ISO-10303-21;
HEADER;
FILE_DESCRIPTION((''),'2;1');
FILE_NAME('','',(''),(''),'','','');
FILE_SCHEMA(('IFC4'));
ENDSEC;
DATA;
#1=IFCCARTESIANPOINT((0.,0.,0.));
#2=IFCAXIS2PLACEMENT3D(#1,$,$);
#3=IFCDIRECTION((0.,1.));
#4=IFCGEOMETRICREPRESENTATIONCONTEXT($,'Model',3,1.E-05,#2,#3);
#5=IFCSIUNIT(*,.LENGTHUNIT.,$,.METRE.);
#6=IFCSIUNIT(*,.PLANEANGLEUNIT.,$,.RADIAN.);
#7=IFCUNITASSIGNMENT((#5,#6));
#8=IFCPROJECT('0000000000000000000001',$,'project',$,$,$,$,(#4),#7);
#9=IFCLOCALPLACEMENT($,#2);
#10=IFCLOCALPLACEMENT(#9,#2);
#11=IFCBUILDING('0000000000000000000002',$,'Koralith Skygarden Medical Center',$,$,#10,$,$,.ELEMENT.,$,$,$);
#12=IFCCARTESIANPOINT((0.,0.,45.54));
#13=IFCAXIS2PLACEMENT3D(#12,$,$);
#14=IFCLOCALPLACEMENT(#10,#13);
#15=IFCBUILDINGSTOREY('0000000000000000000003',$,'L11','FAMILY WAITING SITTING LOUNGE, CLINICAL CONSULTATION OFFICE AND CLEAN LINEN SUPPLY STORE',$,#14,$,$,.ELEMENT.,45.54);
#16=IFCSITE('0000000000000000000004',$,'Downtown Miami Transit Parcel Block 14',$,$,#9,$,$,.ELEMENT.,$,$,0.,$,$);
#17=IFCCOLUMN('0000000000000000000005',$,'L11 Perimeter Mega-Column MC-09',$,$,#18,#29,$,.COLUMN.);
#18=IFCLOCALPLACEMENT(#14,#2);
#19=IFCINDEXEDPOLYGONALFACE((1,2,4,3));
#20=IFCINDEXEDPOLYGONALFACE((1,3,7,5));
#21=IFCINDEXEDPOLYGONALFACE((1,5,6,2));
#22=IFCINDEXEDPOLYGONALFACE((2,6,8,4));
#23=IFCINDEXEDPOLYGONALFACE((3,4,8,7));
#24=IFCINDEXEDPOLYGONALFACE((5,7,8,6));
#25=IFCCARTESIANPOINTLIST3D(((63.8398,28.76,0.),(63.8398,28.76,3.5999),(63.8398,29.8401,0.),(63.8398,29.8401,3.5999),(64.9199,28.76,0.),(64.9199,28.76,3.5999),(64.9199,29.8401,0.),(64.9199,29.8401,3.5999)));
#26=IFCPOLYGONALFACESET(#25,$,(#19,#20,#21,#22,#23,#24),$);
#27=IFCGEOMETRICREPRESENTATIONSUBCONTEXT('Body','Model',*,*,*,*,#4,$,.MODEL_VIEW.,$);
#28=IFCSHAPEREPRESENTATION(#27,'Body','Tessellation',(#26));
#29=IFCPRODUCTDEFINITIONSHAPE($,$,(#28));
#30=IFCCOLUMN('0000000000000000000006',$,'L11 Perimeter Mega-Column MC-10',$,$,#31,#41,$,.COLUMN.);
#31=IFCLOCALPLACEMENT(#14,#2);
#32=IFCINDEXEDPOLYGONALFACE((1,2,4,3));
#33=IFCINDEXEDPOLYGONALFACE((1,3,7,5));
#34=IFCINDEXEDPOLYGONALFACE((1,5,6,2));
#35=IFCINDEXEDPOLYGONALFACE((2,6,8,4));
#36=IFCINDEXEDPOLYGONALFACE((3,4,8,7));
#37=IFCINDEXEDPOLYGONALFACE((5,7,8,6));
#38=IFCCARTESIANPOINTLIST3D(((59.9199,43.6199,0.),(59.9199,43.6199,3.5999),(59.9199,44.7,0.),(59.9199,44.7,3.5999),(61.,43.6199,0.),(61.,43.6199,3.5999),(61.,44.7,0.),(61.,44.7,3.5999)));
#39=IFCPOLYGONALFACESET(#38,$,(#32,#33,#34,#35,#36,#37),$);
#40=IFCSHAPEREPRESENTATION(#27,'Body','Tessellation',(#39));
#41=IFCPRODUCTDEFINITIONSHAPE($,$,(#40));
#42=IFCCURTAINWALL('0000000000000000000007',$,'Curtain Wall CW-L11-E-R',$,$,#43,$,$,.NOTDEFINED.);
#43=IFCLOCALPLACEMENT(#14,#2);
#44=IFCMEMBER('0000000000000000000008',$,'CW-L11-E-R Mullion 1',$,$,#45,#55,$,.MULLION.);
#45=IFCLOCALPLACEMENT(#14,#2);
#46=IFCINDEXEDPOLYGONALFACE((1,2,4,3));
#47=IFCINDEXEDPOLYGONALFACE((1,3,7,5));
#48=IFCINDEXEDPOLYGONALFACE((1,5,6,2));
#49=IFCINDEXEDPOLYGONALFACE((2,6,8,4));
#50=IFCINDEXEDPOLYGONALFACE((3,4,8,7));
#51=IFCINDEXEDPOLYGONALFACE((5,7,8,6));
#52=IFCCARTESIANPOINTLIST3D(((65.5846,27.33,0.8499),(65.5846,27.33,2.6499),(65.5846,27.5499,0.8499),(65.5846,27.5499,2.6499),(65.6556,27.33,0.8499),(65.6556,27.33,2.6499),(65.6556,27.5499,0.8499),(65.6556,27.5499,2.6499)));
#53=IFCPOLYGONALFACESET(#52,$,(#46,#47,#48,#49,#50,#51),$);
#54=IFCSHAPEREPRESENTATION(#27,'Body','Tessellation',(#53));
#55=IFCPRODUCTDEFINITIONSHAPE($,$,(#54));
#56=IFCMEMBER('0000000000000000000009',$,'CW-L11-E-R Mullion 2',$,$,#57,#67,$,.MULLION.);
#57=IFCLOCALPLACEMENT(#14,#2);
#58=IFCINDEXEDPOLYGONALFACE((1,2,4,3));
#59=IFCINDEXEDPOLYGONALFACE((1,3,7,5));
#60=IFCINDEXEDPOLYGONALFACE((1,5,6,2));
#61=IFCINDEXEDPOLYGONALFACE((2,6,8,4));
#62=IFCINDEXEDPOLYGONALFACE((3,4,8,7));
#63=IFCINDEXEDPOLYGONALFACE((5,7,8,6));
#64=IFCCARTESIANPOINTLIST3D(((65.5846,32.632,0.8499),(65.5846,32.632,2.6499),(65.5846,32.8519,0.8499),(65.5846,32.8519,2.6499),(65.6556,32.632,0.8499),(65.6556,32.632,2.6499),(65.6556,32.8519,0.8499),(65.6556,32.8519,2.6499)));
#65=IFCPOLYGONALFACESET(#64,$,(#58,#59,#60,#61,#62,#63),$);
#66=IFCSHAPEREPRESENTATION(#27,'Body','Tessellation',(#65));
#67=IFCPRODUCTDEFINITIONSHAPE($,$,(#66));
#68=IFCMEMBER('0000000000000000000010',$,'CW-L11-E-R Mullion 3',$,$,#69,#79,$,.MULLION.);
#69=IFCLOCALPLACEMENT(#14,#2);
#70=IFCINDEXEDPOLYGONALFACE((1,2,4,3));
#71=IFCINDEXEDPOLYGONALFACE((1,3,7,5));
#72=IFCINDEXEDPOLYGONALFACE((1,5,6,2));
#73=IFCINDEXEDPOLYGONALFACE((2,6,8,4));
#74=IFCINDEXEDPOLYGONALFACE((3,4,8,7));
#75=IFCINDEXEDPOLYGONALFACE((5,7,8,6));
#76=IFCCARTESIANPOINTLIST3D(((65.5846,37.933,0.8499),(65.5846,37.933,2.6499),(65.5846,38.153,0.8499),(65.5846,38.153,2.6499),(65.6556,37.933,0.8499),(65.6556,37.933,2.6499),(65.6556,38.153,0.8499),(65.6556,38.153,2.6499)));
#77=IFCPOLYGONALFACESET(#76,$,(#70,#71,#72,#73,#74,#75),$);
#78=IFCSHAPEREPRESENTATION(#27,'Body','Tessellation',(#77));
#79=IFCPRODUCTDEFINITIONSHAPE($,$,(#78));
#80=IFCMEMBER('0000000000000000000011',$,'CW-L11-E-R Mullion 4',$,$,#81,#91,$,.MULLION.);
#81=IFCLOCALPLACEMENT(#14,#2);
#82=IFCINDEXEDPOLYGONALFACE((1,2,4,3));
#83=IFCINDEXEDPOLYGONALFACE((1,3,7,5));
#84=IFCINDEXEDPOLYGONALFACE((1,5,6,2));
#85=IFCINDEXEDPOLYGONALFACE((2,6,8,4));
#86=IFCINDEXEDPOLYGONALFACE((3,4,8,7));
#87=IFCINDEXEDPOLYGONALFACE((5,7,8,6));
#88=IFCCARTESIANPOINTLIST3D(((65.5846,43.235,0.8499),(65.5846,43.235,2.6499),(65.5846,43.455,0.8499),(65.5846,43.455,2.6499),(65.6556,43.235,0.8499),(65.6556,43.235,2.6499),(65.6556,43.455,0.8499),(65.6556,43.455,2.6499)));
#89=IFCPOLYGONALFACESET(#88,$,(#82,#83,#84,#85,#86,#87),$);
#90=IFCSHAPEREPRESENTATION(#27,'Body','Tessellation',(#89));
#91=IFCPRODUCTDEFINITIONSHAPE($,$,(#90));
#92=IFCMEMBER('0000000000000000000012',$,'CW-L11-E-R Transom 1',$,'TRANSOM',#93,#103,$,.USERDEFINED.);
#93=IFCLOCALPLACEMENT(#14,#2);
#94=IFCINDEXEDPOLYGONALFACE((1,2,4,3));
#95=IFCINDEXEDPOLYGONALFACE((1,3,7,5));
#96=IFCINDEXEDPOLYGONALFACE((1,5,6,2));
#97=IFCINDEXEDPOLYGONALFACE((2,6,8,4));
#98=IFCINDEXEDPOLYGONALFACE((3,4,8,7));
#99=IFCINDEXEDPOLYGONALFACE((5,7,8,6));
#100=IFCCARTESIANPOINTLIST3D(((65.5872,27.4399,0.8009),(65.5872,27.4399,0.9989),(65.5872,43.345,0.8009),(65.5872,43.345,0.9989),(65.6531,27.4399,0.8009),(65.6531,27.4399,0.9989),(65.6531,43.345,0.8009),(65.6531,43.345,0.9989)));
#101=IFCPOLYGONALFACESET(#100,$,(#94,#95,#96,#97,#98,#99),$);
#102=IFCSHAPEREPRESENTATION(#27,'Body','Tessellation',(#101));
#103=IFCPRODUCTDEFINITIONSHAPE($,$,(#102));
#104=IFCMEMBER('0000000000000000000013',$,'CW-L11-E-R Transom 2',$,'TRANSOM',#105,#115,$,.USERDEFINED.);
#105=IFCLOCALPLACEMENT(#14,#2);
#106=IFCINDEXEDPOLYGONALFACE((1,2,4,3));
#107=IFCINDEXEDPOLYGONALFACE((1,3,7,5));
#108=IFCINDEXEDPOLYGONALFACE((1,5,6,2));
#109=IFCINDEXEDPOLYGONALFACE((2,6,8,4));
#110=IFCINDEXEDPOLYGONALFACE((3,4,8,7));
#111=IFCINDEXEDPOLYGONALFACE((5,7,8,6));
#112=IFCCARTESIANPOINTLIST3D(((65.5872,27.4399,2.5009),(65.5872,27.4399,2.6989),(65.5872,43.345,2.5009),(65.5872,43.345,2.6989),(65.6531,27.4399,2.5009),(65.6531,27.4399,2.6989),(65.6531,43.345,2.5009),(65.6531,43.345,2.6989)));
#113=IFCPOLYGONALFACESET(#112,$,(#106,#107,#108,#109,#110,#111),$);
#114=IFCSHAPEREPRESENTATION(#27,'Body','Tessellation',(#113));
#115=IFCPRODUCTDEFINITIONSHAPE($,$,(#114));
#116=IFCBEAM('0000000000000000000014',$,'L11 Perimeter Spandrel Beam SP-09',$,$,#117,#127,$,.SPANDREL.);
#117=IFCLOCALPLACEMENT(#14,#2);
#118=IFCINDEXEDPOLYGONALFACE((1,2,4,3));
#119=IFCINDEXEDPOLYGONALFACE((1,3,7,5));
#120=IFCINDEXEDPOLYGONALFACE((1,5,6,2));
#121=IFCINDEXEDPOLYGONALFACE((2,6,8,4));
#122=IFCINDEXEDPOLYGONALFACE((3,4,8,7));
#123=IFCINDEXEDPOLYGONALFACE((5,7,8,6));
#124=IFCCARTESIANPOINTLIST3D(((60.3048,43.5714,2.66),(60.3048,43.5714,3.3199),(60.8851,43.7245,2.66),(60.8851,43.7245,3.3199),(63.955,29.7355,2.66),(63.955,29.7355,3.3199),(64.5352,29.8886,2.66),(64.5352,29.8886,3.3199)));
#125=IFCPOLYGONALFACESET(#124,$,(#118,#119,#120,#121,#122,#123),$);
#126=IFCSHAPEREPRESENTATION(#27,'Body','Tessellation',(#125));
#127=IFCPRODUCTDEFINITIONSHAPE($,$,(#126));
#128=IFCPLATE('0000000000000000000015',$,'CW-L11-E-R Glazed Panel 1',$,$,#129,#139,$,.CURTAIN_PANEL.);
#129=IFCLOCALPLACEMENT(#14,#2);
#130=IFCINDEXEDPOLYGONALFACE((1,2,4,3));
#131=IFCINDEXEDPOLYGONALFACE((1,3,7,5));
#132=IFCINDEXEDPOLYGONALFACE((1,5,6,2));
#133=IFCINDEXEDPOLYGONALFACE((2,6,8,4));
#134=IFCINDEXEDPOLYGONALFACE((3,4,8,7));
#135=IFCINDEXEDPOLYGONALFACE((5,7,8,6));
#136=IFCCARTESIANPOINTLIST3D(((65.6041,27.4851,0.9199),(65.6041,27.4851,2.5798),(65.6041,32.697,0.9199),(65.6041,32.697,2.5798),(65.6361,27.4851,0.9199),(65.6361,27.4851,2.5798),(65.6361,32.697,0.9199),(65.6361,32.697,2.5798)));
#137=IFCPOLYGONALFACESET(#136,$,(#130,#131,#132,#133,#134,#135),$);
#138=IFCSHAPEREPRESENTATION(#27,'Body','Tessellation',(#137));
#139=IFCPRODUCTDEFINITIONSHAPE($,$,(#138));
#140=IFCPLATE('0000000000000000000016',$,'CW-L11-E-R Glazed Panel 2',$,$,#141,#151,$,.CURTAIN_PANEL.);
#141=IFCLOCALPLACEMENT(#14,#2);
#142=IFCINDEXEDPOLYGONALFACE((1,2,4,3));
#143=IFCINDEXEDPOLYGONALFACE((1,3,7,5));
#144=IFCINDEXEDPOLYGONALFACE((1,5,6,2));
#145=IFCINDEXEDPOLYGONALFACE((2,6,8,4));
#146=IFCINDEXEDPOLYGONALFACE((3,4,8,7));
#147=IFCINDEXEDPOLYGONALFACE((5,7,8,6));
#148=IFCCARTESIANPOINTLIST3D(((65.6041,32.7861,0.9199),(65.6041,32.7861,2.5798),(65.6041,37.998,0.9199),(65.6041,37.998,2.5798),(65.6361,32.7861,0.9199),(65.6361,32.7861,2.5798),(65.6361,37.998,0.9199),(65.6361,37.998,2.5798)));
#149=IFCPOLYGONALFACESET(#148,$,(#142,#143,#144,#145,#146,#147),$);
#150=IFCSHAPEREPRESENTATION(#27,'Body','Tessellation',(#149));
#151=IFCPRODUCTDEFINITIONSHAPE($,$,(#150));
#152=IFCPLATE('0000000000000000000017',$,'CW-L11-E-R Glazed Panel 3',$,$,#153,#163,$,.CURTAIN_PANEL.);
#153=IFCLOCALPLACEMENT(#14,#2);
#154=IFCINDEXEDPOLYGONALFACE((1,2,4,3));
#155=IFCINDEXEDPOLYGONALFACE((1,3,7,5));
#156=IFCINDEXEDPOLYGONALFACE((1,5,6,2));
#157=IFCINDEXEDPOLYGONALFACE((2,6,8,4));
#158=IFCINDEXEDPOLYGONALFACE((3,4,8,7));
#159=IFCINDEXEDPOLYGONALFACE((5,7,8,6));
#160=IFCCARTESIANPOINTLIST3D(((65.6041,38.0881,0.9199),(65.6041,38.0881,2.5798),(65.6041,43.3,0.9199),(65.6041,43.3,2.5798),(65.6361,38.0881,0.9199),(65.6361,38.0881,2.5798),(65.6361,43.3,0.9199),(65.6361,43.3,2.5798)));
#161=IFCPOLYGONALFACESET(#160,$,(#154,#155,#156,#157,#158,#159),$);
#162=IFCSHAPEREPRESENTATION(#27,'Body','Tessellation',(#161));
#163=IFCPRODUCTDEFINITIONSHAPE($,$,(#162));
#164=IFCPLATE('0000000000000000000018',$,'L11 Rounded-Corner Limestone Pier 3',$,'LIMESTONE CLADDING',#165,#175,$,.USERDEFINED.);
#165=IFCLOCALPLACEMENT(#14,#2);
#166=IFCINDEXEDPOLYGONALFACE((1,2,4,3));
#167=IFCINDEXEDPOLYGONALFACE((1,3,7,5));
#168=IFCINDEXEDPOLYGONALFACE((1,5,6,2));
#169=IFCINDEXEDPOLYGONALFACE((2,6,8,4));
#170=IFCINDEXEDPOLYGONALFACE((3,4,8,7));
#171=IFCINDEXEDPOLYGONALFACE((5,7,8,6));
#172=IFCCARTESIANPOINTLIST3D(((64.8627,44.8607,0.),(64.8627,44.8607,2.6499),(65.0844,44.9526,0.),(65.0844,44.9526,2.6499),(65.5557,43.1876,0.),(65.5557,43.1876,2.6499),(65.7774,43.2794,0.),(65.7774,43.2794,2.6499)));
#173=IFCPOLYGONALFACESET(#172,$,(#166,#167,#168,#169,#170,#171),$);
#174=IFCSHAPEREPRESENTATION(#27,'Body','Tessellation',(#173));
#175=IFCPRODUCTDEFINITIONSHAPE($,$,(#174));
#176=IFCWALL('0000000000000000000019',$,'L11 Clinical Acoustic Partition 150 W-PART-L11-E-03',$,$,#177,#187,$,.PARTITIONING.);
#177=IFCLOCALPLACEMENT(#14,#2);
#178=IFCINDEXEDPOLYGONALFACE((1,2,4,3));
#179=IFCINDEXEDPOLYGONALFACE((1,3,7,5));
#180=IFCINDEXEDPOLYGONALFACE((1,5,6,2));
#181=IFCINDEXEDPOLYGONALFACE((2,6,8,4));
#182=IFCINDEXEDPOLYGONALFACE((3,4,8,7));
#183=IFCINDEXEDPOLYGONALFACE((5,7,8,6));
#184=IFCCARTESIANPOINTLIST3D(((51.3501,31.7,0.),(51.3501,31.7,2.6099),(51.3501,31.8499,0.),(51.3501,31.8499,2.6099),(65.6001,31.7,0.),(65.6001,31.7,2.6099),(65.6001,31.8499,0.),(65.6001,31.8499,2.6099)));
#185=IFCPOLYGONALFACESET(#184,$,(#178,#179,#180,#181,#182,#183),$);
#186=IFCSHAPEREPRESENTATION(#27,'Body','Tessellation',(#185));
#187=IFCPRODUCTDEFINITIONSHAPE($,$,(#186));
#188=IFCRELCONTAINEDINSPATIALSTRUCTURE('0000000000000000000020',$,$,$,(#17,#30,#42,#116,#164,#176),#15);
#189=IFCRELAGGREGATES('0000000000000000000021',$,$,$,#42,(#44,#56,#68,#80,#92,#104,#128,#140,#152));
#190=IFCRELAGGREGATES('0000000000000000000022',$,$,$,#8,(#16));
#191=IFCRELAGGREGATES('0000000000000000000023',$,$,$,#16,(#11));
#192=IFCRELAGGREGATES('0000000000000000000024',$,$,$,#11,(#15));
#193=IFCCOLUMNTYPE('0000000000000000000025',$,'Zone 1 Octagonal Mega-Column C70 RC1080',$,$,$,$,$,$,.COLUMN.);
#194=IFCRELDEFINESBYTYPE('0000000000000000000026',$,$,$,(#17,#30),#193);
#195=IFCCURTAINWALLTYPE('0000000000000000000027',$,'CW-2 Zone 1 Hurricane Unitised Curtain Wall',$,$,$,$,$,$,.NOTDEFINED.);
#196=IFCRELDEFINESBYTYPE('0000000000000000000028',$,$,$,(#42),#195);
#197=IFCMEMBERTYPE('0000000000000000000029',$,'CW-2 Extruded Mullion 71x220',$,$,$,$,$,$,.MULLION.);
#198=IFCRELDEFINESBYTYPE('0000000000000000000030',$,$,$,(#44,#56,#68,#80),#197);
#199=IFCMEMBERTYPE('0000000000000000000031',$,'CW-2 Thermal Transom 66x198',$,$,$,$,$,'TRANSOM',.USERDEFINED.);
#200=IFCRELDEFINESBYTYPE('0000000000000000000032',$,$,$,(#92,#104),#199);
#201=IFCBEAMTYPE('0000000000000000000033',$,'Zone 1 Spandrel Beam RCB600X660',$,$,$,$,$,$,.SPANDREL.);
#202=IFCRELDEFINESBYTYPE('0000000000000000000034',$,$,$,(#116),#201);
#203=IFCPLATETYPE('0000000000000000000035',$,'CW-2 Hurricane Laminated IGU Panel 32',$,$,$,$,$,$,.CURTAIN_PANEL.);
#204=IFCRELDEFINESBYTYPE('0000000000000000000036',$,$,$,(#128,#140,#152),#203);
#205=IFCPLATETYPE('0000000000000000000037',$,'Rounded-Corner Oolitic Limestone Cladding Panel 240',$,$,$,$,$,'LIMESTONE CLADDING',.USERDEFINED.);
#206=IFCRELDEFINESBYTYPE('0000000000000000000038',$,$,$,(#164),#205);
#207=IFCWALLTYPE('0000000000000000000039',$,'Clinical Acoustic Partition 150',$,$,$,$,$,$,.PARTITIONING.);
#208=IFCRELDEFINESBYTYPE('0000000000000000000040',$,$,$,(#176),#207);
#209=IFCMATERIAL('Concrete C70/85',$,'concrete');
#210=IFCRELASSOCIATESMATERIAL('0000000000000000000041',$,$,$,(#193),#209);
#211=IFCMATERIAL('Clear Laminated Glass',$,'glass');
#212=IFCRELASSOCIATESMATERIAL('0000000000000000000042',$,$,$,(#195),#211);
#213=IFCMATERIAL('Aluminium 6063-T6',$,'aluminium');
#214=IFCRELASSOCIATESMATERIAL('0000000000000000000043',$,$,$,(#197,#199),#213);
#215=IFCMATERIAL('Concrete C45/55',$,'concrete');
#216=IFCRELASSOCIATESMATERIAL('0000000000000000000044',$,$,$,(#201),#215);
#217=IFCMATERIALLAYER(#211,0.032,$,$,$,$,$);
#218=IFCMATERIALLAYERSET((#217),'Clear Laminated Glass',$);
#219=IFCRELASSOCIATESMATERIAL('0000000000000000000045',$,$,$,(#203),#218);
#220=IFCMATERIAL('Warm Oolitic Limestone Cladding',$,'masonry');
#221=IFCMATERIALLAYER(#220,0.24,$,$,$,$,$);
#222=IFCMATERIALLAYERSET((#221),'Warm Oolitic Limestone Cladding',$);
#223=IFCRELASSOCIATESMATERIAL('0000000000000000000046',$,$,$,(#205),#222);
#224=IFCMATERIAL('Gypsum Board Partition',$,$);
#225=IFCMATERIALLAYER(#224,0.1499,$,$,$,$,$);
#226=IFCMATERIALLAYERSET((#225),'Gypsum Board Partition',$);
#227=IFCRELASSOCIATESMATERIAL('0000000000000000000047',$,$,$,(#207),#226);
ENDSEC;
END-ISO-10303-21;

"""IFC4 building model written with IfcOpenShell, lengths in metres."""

from ifc_helpers import new_model, si_unit, direction, frame, frame_2d, origin, origin_2d, place, context, subcontext, project, spatial, rectangle, extrude, material, layer, layer_set, material_profile, profile_set, type_object, element, aggregate, save


model = new_model("IFC4")

# Units and contexts
model_context = context("Model", 3, precision=1e-05, world=origin(), true_north=direction((0.0, 1.0)))
body_context = subcontext(model_context, "Body", "Model", "MODEL_VIEW")
ifc_project = project(units=[si_unit("LENGTHUNIT", "METRE"), si_unit("PLANEANGLEUNIT", "RADIAN")], contexts=[model_context])

# Site, building, storey
site_placement = place(None, origin())
site = spatial("IfcSite", under=ifc_project, at=site_placement, Name="Downtown Miami Transit Parcel Block 14", CompositionType="ELEMENT", RefElevation=0.0)
building_placement = place(site_placement, origin())
building = spatial("IfcBuilding", under=site, at=building_placement, Name="Koralith Skygarden Medical Center", CompositionType="ELEMENT")
storey_placement = place(building_placement, frame((0.0, 0.0, 45.54)))
storey = spatial("IfcBuildingStorey", under=building, at=storey_placement, Name="L11", Description="FAMILY WAITING SITTING LOUNGE, CLINICAL CONSULTATION OFFICE AND CLEAN LINEN SUPPLY STORE", CompositionType="ELEMENT", Elevation=45.54)

# Columns
ifc_material_1 = material(Name="Concrete C70/85", Category="concrete")
ifc_material_profile_1 = material_profile(ifc_material_1, rectangle(XDim=1.0801, YDim=1.0801, at=origin_2d()), Name="RC1080X1080")
ifc_profile_set_1 = profile_set([ifc_material_profile_1], Name="Concrete C70/85")
column_type = type_object("IfcColumnType", Name="Zone 1 Octagonal Mega-Column C70 RC1080", PredefinedType="COLUMN", material=ifc_profile_set_1)
for number, where, z_axis, x_axis, name in (
    (1, (64.3799, 29.3, 0.0), (0.0, 0.0, 1.0), (1.0, 0.0, 0.0), "L11 Perimeter Mega-Column MC-09"),
    (2, (60.46, 44.1599, 0.0), (0.0, 0.0, 1.0), (1.0, 0.0, 0.0), "L11 Perimeter Mega-Column MC-10"),
):
    element("IfcColumn", number, at=place(storey_placement, frame(where, z_axis=z_axis, x_axis=x_axis)), inside=storey, type_object=column_type, Name=name, PredefinedType="COLUMN", context=body_context, shape_type="SweptSolid", body=[
        extrude(rectangle(XDim=1.0801, YDim=1.0801, at=origin_2d()), origin(), (0.0, 0.0, 1.0), 3.5999),
    ])

# Curtain wall, members
ifc_material_2 = material(Name="Clear Laminated Glass", Category="glass")
curtain_wall_type = type_object("IfcCurtainWallType", Name="CW-2 Zone 1 Hurricane Unitised Curtain Wall", PredefinedType="NOTDEFINED", material=ifc_material_2)
curtain_wall_placement = place(storey_placement, origin())
curtain_wall = element("IfcCurtainWall", 3, at=curtain_wall_placement, inside=storey, type_object=curtain_wall_type, Name="Curtain Wall CW-L11-E-R", PredefinedType="NOTDEFINED")
ifc_material_3 = material(Name="Aluminium 6063-T6", Category="aluminium")
ifc_material_profile_2 = material_profile(ifc_material_3, rectangle(XDim=0.071, YDim=0.22, at=origin_2d()), Name="MUL71X220")
ifc_profile_set_2 = profile_set([ifc_material_profile_2], Name="Aluminium 6063-T6")
member_type_1 = type_object("IfcMemberType", Name="CW-2 Extruded Mullion 71x220", PredefinedType="MULLION", material=ifc_profile_set_2)
member_1_placement = place(storey_placement, frame((65.6201, 27.4399, 0.8499), z_axis=(0.0, 0.0, 1.0), x_axis=(1.0, 0.0, 0.0)))
member_1 = element("IfcMember", 4, at=member_1_placement, type_object=member_type_1, Name="CW-L11-E-R Mullion 1", PredefinedType="MULLION", context=body_context, shape_type="SweptSolid", body=[
    extrude(rectangle(XDim=0.071, YDim=0.22, at=origin_2d()), origin(), (0.0, 0.0, 1.0), 1.8),
])
member_2_placement = place(storey_placement, frame((65.6201, 32.7419, 0.8499), z_axis=(0.0, 0.0, 1.0), x_axis=(1.0, 0.0, 0.0)))
member_2 = element("IfcMember", 5, at=member_2_placement, type_object=member_type_1, Name="CW-L11-E-R Mullion 2", PredefinedType="MULLION", context=body_context, shape_type="SweptSolid", body=[
    extrude(rectangle(XDim=0.071, YDim=0.22, at=origin_2d()), origin(), (0.0, 0.0, 1.0), 1.8),
])
member_3_placement = place(storey_placement, frame((65.6201, 38.043, 0.8499), z_axis=(0.0, 0.0, 1.0), x_axis=(1.0, 0.0, 0.0)))
member_3 = element("IfcMember", 6, at=member_3_placement, type_object=member_type_1, Name="CW-L11-E-R Mullion 3", PredefinedType="MULLION", context=body_context, shape_type="SweptSolid", body=[
    extrude(rectangle(XDim=0.071, YDim=0.22, at=origin_2d()), origin(), (0.0, 0.0, 1.0), 1.8),
])
member_4_placement = place(storey_placement, frame((65.6201, 43.345, 0.8499), z_axis=(0.0, 0.0, 1.0), x_axis=(1.0, 0.0, 0.0)))
member_4 = element("IfcMember", 7, at=member_4_placement, type_object=member_type_1, Name="CW-L11-E-R Mullion 4", PredefinedType="MULLION", context=body_context, shape_type="SweptSolid", body=[
    extrude(rectangle(XDim=0.071, YDim=0.22, at=origin_2d()), origin(), (0.0, 0.0, 1.0), 1.8),
])
ifc_material_profile_3 = material_profile(ifc_material_3, rectangle(XDim=0.0659, YDim=0.198, at=origin_2d()), Name="TRN66X198")
ifc_profile_set_3 = profile_set([ifc_material_profile_3], Name="Aluminium 6063-T6")
member_type_2 = type_object("IfcMemberType", Name="CW-2 Thermal Transom 66x198", ElementType="TRANSOM", PredefinedType="USERDEFINED", material=ifc_profile_set_3)
member_5_placement = place(storey_placement, frame((65.6201, 27.4399, 0.8999), z_axis=(0.0, 1.0, 0.0), x_axis=(-1.0, 0.0, 0.0)))
member_5 = element("IfcMember", 8, at=member_5_placement, type_object=member_type_2, Name="CW-L11-E-R Transom 1", ObjectType="TRANSOM", PredefinedType="USERDEFINED", context=body_context, shape_type="SweptSolid", body=[
    extrude(rectangle(XDim=0.0659, YDim=0.198, at=origin_2d()), origin(), (0.0, 0.0, 1.0), 15.905),
])
member_6_placement = place(storey_placement, frame((65.6201, 27.4399, 2.5999), z_axis=(0.0, 1.0, 0.0), x_axis=(-1.0, 0.0, 0.0)))
member_6 = element("IfcMember", 9, at=member_6_placement, type_object=member_type_2, Name="CW-L11-E-R Transom 2", ObjectType="TRANSOM", PredefinedType="USERDEFINED", context=body_context, shape_type="SweptSolid", body=[
    extrude(rectangle(XDim=0.0659, YDim=0.198, at=origin_2d()), origin(), (0.0, 0.0, 1.0), 15.905),
])

# Beam
ifc_material_4 = material(Name="Concrete C45/55", Category="concrete")
ifc_material_profile_4 = material_profile(ifc_material_4, rectangle(XDim=0.6001, YDim=0.6599, at=origin_2d()), Name="RCB600X660")
ifc_profile_set_4 = profile_set([ifc_material_profile_4], Name="Concrete C45/55")
beam_type = type_object("IfcBeamType", Name="Zone 1 Spandrel Beam RCB600X660", PredefinedType="SPANDREL", material=ifc_profile_set_4)
beam_placement = place(storey_placement, frame((64.2451, 29.812, 2.99), z_axis=(-0.255089, 0.966918, 0.0), x_axis=(-0.966918, -0.255089, 0.0)))
element("IfcBeam", 10, at=beam_placement, inside=storey, type_object=beam_type, Name="L11 Perimeter Spandrel Beam SP-09", PredefinedType="SPANDREL", context=body_context, shape_type="SweptSolid", body=[
    extrude(rectangle(XDim=0.6001, YDim=0.6599, at=origin_2d()), origin(), (0.0, 0.0, 1.0), 14.3093),
])

# Plates
ifc_layer_1 = layer(ifc_material_2, 0.032)
ifc_layer_set_1 = layer_set([ifc_layer_1], Name="Clear Laminated Glass")
plate_type_1 = type_object("IfcPlateType", Name="CW-2 Hurricane Laminated IGU Panel 32", PredefinedType="CURTAIN_PANEL", material=ifc_layer_set_1)
plate_1_placement = place(storey_placement, frame((65.6201, 30.0911, 0.9199), z_axis=(0.0, 0.0, 1.0), x_axis=(0.0, 1.0, 0.0)))
plate_1 = element("IfcPlate", 11, at=plate_1_placement, type_object=plate_type_1, Name="CW-L11-E-R Glazed Panel 1", PredefinedType="CURTAIN_PANEL", context=body_context, shape_type="SweptSolid", body=[
    extrude(rectangle(XDim=5.2119, YDim=0.032, at=origin_2d()), origin(), (0.0, 0.0, 1.0), 1.6599),
])
plate_2_placement = place(storey_placement, frame((65.6201, 35.3921, 0.9199), z_axis=(0.0, 0.0, 1.0), x_axis=(0.0, 1.0, 0.0)))
plate_2 = element("IfcPlate", 12, at=plate_2_placement, type_object=plate_type_1, Name="CW-L11-E-R Glazed Panel 2", PredefinedType="CURTAIN_PANEL", context=body_context, shape_type="SweptSolid", body=[
    extrude(rectangle(XDim=5.2119, YDim=0.032, at=origin_2d()), origin(), (0.0, 0.0, 1.0), 1.6599),
])
plate_3_placement = place(storey_placement, frame((65.6201, 40.6941, 0.9199), z_axis=(0.0, 0.0, 1.0), x_axis=(0.0, 1.0, 0.0)))
plate_3 = element("IfcPlate", 13, at=plate_3_placement, type_object=plate_type_1, Name="CW-L11-E-R Glazed Panel 3", PredefinedType="CURTAIN_PANEL", context=body_context, shape_type="SweptSolid", body=[
    extrude(rectangle(XDim=5.2119, YDim=0.032, at=origin_2d()), origin(), (0.0, 0.0, 1.0), 1.6599),
])
aggregate(curtain_wall, [member_1, member_2, member_3, member_4, member_5, member_6, plate_1, plate_2, plate_3])
ifc_material_5 = material(Name="Warm Oolitic Limestone Cladding", Category="masonry")
ifc_layer_2 = layer(ifc_material_5, 0.24)
ifc_layer_set_2 = layer_set([ifc_layer_2], Name="Warm Oolitic Limestone Cladding")
plate_type_2 = type_object("IfcPlateType", Name="Rounded-Corner Oolitic Limestone Cladding Panel 240", ElementType="LIMESTONE CLADDING", PredefinedType="USERDEFINED", material=ifc_layer_set_2)
plate_4_placement = place(storey_placement, frame((65.3201, 44.0701, 0.0), z_axis=(0.0, 0.0, 1.0), x_axis=(-0.382671, 0.923885, 0.0)))
element("IfcPlate", 14, at=plate_4_placement, inside=storey, type_object=plate_type_2, Name="L11 Rounded-Corner Limestone Pier 3", ObjectType="LIMESTONE CLADDING", PredefinedType="USERDEFINED", context=body_context, shape_type="SweptSolid", body=[
    extrude(rectangle(XDim=1.811, YDim=0.24, at=origin_2d()), origin(), (0.0, 0.0, 1.0), 2.6499),
])

# Wall
ifc_material_6 = material(Name="Gypsum Board Partition")
ifc_layer_3 = layer(ifc_material_6, 0.1499)
ifc_layer_set_3 = layer_set([ifc_layer_3], Name="Gypsum Board Partition")
wall_type_1 = type_object("IfcWallType", Name="Clinical Acoustic Partition 150", PredefinedType="PARTITIONING", material=ifc_layer_set_3)
wall_1_placement = place(storey_placement, frame((51.3501, 31.7749, 0.0), z_axis=(0.0, 0.0, 1.0), x_axis=(1.0, 0.0, 0.0)))
element("IfcWall", 15, at=wall_1_placement, inside=storey, type_object=wall_type_1, Name="L11 Clinical Acoustic Partition 150 W-PART-L11-E-03", PredefinedType="PARTITIONING", context=body_context, shape_type="SweptSolid", body=[
    extrude(rectangle(XDim=14.25, YDim=0.1499, at=frame_2d((7.125, 0.0))), origin(), (0.0, 0.0, 1.0), 2.6099),
])

save(model, "model.ifc")
